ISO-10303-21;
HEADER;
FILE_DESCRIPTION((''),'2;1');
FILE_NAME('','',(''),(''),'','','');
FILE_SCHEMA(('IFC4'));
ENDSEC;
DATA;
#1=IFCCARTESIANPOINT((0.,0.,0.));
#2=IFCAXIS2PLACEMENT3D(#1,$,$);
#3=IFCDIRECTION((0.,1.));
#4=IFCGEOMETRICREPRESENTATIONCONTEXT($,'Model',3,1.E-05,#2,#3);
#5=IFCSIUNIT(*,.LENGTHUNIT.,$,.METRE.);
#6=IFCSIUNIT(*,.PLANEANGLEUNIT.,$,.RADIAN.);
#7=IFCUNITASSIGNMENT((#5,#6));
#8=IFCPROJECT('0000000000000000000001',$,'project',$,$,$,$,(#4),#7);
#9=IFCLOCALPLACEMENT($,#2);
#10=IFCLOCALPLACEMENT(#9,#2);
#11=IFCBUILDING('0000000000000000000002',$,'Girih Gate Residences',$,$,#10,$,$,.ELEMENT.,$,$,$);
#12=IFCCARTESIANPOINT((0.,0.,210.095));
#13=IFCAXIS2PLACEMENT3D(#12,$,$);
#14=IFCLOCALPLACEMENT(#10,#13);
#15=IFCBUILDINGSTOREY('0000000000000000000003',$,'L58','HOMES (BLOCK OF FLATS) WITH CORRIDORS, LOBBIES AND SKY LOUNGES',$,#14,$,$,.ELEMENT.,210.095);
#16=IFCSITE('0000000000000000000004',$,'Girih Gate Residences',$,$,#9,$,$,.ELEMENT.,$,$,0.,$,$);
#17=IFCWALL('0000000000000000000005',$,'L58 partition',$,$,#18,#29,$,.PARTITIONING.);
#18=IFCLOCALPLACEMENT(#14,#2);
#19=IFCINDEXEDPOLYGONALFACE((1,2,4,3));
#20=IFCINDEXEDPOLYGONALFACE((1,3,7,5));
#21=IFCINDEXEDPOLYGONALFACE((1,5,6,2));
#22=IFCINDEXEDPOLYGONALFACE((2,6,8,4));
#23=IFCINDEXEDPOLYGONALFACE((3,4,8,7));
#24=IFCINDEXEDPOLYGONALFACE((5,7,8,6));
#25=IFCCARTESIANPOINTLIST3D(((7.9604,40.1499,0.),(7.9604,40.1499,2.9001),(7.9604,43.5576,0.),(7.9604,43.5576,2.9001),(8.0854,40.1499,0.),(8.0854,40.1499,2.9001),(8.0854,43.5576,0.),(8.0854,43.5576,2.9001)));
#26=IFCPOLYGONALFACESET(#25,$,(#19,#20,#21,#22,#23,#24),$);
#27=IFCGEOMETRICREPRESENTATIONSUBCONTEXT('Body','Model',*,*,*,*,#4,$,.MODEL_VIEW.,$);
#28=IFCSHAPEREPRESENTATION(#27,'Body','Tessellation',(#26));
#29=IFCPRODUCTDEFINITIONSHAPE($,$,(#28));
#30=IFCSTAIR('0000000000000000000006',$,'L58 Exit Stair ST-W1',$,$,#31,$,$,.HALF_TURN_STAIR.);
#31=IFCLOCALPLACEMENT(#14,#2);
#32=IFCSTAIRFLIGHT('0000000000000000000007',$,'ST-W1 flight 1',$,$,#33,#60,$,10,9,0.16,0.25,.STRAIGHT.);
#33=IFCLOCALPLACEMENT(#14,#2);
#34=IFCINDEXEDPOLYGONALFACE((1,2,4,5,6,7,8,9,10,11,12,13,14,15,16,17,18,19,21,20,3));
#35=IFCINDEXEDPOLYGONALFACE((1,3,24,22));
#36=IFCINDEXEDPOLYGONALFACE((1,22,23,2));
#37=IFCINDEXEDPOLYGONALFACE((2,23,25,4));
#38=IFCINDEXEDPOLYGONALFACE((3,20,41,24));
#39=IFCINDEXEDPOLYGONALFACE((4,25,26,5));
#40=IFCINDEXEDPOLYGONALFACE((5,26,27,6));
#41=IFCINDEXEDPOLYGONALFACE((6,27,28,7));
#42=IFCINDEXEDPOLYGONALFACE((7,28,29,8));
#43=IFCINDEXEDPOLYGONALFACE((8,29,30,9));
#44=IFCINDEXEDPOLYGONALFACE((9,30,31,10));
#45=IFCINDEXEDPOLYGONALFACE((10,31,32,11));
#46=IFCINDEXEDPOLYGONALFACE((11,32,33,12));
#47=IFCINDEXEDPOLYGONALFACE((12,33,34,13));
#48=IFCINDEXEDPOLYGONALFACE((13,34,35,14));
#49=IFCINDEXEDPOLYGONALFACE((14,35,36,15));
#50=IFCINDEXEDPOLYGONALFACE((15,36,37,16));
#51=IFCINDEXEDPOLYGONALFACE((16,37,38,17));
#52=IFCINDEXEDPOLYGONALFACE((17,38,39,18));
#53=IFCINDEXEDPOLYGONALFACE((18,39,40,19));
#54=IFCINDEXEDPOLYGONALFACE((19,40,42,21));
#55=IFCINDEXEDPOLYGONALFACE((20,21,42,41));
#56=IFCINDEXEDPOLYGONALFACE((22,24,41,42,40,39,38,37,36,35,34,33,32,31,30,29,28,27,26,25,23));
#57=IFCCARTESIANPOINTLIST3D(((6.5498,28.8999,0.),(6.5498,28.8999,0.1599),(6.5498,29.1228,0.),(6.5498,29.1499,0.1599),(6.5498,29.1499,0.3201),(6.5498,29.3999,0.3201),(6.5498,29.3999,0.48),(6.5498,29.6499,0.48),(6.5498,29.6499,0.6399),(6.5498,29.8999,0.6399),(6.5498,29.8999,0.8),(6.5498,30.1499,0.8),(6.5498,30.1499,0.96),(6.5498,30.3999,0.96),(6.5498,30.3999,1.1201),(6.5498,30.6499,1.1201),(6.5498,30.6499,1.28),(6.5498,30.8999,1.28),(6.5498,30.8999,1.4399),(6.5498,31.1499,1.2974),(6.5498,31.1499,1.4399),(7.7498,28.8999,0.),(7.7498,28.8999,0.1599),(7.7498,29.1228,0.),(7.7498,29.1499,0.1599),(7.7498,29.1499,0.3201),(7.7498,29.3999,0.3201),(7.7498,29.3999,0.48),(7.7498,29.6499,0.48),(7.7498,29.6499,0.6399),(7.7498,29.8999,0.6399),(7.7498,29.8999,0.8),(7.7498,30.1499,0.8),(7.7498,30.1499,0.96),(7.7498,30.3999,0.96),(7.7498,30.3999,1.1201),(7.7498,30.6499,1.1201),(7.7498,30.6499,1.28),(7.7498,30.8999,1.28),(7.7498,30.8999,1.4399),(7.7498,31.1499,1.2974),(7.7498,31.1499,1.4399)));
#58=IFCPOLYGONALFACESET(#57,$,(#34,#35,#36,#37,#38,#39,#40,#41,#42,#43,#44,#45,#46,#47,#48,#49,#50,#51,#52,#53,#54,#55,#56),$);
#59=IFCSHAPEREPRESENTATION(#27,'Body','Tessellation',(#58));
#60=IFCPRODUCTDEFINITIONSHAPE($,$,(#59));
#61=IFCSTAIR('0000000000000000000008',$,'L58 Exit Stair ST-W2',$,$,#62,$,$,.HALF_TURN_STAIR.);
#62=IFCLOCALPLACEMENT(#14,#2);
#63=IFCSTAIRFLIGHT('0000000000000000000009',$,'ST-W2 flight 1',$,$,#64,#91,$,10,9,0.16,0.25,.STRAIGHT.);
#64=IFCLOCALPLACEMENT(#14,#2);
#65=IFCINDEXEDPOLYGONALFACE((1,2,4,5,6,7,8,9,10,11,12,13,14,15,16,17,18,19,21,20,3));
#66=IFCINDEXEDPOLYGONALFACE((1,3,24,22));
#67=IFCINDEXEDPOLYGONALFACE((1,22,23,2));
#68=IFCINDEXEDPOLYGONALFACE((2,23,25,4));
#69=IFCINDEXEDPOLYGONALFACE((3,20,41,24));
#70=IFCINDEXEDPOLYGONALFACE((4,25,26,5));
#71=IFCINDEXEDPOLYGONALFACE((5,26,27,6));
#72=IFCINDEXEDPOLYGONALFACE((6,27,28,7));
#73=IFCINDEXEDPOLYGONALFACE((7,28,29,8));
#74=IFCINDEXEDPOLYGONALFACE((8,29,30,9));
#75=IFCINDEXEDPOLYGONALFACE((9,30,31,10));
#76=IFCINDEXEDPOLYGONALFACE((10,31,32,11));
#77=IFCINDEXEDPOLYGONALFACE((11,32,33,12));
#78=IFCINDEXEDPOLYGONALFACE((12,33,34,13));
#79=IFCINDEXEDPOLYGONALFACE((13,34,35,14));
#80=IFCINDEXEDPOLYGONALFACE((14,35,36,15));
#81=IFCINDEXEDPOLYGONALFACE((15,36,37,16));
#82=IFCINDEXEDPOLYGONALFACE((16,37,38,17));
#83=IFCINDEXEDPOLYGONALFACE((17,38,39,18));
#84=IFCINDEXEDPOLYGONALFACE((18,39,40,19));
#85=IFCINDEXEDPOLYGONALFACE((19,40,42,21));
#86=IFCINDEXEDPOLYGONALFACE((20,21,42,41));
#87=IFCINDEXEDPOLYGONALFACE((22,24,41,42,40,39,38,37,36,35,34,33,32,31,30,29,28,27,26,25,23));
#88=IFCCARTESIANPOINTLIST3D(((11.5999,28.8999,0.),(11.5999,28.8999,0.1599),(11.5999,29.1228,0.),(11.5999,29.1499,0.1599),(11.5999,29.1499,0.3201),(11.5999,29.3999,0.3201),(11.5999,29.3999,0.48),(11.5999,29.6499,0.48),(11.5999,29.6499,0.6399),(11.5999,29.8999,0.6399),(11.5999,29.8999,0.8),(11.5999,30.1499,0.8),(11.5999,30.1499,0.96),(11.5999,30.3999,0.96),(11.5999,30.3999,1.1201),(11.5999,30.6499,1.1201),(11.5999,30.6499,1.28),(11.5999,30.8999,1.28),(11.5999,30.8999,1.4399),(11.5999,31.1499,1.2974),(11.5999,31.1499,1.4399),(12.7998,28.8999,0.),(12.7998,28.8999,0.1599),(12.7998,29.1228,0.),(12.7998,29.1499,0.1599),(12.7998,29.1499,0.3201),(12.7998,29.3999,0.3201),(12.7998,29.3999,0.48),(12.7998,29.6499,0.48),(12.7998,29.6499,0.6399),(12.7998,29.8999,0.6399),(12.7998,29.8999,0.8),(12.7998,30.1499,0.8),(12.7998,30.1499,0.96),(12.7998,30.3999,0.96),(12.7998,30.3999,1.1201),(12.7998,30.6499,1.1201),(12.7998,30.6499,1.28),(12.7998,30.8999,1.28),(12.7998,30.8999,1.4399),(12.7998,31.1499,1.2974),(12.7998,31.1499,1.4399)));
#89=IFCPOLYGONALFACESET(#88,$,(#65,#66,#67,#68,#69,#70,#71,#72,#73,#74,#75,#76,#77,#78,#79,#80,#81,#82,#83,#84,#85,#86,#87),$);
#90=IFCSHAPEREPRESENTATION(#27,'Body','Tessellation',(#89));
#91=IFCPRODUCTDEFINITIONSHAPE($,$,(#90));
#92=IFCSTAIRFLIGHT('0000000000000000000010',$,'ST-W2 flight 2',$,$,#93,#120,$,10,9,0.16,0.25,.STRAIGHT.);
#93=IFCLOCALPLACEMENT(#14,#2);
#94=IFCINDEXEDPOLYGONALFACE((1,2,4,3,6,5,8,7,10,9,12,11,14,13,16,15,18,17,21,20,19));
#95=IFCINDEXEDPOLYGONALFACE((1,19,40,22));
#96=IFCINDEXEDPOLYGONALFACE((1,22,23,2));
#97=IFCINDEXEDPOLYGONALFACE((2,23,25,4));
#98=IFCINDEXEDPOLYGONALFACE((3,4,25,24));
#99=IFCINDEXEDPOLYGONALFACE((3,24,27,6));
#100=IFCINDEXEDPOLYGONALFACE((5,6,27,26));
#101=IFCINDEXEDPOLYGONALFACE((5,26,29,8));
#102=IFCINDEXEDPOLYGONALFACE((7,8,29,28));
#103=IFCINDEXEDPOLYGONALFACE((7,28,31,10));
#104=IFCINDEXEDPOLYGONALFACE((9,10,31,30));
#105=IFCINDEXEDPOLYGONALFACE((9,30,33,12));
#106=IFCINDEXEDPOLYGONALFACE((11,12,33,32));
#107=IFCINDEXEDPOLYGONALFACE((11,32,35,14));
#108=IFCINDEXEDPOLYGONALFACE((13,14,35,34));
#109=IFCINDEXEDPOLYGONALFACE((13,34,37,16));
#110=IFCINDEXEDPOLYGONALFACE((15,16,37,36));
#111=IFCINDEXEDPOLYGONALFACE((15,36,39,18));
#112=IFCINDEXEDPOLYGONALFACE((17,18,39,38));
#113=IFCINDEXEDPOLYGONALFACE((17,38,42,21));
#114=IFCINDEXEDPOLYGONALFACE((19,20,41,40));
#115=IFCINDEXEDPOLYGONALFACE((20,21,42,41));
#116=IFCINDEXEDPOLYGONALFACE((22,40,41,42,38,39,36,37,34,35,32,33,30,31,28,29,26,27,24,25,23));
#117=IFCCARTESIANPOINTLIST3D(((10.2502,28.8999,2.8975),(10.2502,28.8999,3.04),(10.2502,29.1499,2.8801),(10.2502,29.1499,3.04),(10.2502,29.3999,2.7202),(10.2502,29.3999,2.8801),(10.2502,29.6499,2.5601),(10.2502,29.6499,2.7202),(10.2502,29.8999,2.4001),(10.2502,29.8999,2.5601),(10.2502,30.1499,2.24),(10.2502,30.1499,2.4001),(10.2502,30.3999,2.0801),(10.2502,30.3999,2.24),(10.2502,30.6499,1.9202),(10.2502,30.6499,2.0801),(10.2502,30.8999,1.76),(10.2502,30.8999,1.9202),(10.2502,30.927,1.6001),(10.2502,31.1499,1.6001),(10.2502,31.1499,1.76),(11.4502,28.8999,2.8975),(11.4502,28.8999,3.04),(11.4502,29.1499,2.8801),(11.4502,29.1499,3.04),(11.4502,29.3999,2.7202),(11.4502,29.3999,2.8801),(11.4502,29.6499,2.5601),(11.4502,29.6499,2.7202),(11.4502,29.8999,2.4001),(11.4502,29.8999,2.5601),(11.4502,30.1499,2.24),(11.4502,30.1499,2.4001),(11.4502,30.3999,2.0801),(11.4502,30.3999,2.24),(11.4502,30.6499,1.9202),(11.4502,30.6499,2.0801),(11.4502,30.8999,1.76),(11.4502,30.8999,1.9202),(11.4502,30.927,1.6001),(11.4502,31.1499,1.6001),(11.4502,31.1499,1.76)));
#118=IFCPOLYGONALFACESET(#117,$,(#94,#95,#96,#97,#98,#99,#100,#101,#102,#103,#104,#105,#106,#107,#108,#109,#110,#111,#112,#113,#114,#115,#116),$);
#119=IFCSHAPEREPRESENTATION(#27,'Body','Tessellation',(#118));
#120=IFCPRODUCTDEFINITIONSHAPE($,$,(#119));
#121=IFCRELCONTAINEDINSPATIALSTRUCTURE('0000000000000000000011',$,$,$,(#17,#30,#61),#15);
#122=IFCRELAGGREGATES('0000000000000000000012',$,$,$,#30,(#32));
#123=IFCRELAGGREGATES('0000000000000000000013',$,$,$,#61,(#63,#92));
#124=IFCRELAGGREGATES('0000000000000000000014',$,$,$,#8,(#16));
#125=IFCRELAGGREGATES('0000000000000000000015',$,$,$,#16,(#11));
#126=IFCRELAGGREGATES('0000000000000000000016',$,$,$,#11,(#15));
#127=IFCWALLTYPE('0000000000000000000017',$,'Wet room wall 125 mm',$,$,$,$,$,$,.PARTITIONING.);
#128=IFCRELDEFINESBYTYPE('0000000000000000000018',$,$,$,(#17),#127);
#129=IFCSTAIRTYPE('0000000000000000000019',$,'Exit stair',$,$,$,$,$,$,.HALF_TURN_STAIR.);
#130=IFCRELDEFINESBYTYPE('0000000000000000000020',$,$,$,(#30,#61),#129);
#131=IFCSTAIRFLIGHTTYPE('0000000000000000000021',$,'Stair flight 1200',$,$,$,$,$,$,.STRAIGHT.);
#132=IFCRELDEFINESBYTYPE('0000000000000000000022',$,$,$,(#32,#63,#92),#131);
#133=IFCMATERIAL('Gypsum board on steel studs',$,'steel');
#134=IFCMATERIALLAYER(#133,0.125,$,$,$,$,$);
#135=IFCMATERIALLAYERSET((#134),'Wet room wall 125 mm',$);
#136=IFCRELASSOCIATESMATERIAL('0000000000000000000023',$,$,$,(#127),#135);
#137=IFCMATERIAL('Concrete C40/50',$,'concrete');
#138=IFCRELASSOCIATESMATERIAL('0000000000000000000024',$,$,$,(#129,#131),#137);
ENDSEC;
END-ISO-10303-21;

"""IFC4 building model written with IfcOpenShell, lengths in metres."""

from ifc_helpers import new_model, si_unit, direction, frame, frame_2d, origin, place, context, subcontext, project, spatial, polyline, rectangle, outline, extrude, material, layer, layer_set, type_object, element, aggregate, save


model = new_model("IFC4")

# Units and contexts
model_context = context("Model", 3, precision=1e-05, world=origin(), true_north=direction((0.0, 1.0)))
body_context = subcontext(model_context, "Body", "Model", "MODEL_VIEW")
ifc_project = project(units=[si_unit("LENGTHUNIT", "METRE"), si_unit("PLANEANGLEUNIT", "RADIAN")], contexts=[model_context])

# Site, building, storey
site_placement = place(None, origin())
site = spatial("IfcSite", under=ifc_project, at=site_placement, Name="Girih Gate Residences", CompositionType="ELEMENT", RefElevation=0.0)
building_placement = place(site_placement, origin())
building = spatial("IfcBuilding", under=site, at=building_placement, Name="Girih Gate Residences", CompositionType="ELEMENT")
storey_placement = place(building_placement, frame((0.0, 0.0, 210.095)))
storey = spatial("IfcBuildingStorey", under=building, at=storey_placement, Name="L58", Description="HOMES (BLOCK OF FLATS) WITH CORRIDORS, LOBBIES AND SKY LOUNGES", CompositionType="ELEMENT", Elevation=210.095)

# Shared definitions
ifc_material_1 = material(Name="Gypsum board on steel studs", Category="steel")
ifc_material_2 = material(Name="Concrete C40/50", Category="concrete")

# Wall
ifc_layer_1 = layer(ifc_material_1, 0.125)
ifc_layer_set_1 = layer_set([ifc_layer_1], Name="Wet room wall 125 mm")
wall_type_1 = type_object("IfcWallType", Name="Wet room wall 125 mm", PredefinedType="PARTITIONING", material=ifc_layer_set_1)
wall_1_placement = place(storey_placement, frame((8.0229, 40.1499, 0.0), z_axis=(0.0, 0.0, 1.0), x_axis=(0.0, 1.0, 0.0)))
element("IfcWall", 1, at=wall_1_placement, inside=storey, type_object=wall_type_1, Name="L58 partition", PredefinedType="PARTITIONING", context=body_context, shape_type="SweptSolid", body=[
    extrude(rectangle(XDim=3.4077, YDim=0.125, at=frame_2d((1.7039, 0.0))), origin(), (0.0, 0.0, 1.0), 2.9001),
])

# Stair, stair flight
stair_type = type_object("IfcStairType", Name="Exit stair", PredefinedType="HALF_TURN_STAIR", material=ifc_material_2)
stair_1_placement = place(storey_placement, origin())
stair_1 = element("IfcStair", 2, at=stair_1_placement, inside=storey, type_object=stair_type, Name="L58 Exit Stair ST-W1", PredefinedType="HALF_TURN_STAIR")
stair_flight_type = type_object("IfcStairFlightType", Name="Stair flight 1200", PredefinedType="STRAIGHT", material=ifc_material_2)
stair_flight_1_placement = place(storey_placement, frame((7.1499, 28.8999, 0.0), z_axis=(0.0, 0.0, 1.0), x_axis=(0.0, 1.0, 0.0)))
stair_flight_1 = element("IfcStairFlight", 3, at=stair_flight_1_placement, type_object=stair_flight_type, Name="ST-W1 flight 1", NumberOfRisers=10, NumberOfTreads=9, PredefinedType="STRAIGHT", RiserHeight=0.16, TreadLength=0.25, context=body_context, shape_type="SweptSolid", body=[
    extrude(outline(polyline([(0.0, 0.0), (0.0, 0.1599), (0.25, 0.1599), (0.25, 0.3201), (0.5, 0.3201), (0.5, 0.48), (0.75, 0.48), (0.75, 0.6399), (1.0, 0.6399), (1.0, 0.8), (1.25, 0.8), (1.25, 0.96), (1.5, 0.96), (1.5, 1.1201), (1.75, 1.1201), (1.75, 1.28), (2.0, 1.28), (2.0, 1.4399), (2.25, 1.4399), (2.25, 1.6001), (2.25, 1.2974), (0.2229, 0.0), (0.0, 0.0)])), frame((0.0, 0.6001, 0.0), z_axis=(0.0, -1.0, 0.0), x_axis=(1.0, 0.0, 0.0)), (0.0, 0.0, 1.0), 1.2),
])
aggregate(stair_1, [stair_flight_1])

# Stair, stair flights
stair_2_placement = place(storey_placement, origin())
stair_2 = element("IfcStair", 4, at=stair_2_placement, inside=storey, type_object=stair_type, Name="L58 Exit Stair ST-W2", PredefinedType="HALF_TURN_STAIR")
stair_flight_2_placement = place(storey_placement, frame((12.2, 28.8999, 0.0), z_axis=(0.0, 0.0, 1.0), x_axis=(0.0, 1.0, 0.0)))
stair_flight_2 = element("IfcStairFlight", 5, at=stair_flight_2_placement, type_object=stair_flight_type, Name="ST-W2 flight 1", NumberOfRisers=10, NumberOfTreads=9, PredefinedType="STRAIGHT", RiserHeight=0.16, TreadLength=0.25, context=body_context, shape_type="SweptSolid", body=[
    extrude(outline(polyline([(0.0, 0.0), (0.0, 0.1599), (0.25, 0.1599), (0.25, 0.3201), (0.5, 0.3201), (0.5, 0.48), (0.75, 0.48), (0.75, 0.6399), (1.0, 0.6399), (1.0, 0.8), (1.25, 0.8), (1.25, 0.96), (1.5, 0.96), (1.5, 1.1201), (1.75, 1.1201), (1.75, 1.28), (2.0, 1.28), (2.0, 1.4399), (2.25, 1.4399), (2.25, 1.6001), (2.25, 1.2974), (0.2229, 0.0), (0.0, 0.0)])), frame((0.0, 0.6001, 0.0), z_axis=(0.0, -1.0, 0.0), x_axis=(1.0, 0.0, 0.0)), (0.0, 0.0, 1.0), 1.2),
])
stair_flight_3_placement = place(storey_placement, frame((10.8501, 31.1499, 1.6001), z_axis=(0.0, 0.0, 1.0), x_axis=(0.0, -1.0, 0.0)))
stair_flight_3 = element("IfcStairFlight", 6, at=stair_flight_3_placement, type_object=stair_flight_type, Name="ST-W2 flight 2", NumberOfRisers=10, NumberOfTreads=9, PredefinedType="STRAIGHT", RiserHeight=0.16, TreadLength=0.25, context=body_context, shape_type="SweptSolid", body=[
    extrude(outline(polyline([(0.0, 0.0), (0.0, 0.1599), (0.25, 0.1599), (0.25, 0.3201), (0.5, 0.3201), (0.5, 0.48), (0.75, 0.48), (0.75, 0.6399), (1.0, 0.6399), (1.0, 0.8), (1.25, 0.8), (1.25, 0.96), (1.5, 0.96), (1.5, 1.1201), (1.75, 1.1201), (1.75, 1.28), (2.0, 1.28), (2.0, 1.4399), (2.25, 1.4399), (2.25, 1.6001), (2.25, 1.2974), (0.2229, 0.0), (0.0, 0.0)])), frame((0.0, 0.6001, 0.0), z_axis=(0.0, -1.0, 0.0), x_axis=(1.0, 0.0, 0.0)), (0.0, 0.0, 1.0), 1.2),
])
aggregate(stair_2, [stair_flight_2, stair_flight_3])

save(model, "model.ifc")
